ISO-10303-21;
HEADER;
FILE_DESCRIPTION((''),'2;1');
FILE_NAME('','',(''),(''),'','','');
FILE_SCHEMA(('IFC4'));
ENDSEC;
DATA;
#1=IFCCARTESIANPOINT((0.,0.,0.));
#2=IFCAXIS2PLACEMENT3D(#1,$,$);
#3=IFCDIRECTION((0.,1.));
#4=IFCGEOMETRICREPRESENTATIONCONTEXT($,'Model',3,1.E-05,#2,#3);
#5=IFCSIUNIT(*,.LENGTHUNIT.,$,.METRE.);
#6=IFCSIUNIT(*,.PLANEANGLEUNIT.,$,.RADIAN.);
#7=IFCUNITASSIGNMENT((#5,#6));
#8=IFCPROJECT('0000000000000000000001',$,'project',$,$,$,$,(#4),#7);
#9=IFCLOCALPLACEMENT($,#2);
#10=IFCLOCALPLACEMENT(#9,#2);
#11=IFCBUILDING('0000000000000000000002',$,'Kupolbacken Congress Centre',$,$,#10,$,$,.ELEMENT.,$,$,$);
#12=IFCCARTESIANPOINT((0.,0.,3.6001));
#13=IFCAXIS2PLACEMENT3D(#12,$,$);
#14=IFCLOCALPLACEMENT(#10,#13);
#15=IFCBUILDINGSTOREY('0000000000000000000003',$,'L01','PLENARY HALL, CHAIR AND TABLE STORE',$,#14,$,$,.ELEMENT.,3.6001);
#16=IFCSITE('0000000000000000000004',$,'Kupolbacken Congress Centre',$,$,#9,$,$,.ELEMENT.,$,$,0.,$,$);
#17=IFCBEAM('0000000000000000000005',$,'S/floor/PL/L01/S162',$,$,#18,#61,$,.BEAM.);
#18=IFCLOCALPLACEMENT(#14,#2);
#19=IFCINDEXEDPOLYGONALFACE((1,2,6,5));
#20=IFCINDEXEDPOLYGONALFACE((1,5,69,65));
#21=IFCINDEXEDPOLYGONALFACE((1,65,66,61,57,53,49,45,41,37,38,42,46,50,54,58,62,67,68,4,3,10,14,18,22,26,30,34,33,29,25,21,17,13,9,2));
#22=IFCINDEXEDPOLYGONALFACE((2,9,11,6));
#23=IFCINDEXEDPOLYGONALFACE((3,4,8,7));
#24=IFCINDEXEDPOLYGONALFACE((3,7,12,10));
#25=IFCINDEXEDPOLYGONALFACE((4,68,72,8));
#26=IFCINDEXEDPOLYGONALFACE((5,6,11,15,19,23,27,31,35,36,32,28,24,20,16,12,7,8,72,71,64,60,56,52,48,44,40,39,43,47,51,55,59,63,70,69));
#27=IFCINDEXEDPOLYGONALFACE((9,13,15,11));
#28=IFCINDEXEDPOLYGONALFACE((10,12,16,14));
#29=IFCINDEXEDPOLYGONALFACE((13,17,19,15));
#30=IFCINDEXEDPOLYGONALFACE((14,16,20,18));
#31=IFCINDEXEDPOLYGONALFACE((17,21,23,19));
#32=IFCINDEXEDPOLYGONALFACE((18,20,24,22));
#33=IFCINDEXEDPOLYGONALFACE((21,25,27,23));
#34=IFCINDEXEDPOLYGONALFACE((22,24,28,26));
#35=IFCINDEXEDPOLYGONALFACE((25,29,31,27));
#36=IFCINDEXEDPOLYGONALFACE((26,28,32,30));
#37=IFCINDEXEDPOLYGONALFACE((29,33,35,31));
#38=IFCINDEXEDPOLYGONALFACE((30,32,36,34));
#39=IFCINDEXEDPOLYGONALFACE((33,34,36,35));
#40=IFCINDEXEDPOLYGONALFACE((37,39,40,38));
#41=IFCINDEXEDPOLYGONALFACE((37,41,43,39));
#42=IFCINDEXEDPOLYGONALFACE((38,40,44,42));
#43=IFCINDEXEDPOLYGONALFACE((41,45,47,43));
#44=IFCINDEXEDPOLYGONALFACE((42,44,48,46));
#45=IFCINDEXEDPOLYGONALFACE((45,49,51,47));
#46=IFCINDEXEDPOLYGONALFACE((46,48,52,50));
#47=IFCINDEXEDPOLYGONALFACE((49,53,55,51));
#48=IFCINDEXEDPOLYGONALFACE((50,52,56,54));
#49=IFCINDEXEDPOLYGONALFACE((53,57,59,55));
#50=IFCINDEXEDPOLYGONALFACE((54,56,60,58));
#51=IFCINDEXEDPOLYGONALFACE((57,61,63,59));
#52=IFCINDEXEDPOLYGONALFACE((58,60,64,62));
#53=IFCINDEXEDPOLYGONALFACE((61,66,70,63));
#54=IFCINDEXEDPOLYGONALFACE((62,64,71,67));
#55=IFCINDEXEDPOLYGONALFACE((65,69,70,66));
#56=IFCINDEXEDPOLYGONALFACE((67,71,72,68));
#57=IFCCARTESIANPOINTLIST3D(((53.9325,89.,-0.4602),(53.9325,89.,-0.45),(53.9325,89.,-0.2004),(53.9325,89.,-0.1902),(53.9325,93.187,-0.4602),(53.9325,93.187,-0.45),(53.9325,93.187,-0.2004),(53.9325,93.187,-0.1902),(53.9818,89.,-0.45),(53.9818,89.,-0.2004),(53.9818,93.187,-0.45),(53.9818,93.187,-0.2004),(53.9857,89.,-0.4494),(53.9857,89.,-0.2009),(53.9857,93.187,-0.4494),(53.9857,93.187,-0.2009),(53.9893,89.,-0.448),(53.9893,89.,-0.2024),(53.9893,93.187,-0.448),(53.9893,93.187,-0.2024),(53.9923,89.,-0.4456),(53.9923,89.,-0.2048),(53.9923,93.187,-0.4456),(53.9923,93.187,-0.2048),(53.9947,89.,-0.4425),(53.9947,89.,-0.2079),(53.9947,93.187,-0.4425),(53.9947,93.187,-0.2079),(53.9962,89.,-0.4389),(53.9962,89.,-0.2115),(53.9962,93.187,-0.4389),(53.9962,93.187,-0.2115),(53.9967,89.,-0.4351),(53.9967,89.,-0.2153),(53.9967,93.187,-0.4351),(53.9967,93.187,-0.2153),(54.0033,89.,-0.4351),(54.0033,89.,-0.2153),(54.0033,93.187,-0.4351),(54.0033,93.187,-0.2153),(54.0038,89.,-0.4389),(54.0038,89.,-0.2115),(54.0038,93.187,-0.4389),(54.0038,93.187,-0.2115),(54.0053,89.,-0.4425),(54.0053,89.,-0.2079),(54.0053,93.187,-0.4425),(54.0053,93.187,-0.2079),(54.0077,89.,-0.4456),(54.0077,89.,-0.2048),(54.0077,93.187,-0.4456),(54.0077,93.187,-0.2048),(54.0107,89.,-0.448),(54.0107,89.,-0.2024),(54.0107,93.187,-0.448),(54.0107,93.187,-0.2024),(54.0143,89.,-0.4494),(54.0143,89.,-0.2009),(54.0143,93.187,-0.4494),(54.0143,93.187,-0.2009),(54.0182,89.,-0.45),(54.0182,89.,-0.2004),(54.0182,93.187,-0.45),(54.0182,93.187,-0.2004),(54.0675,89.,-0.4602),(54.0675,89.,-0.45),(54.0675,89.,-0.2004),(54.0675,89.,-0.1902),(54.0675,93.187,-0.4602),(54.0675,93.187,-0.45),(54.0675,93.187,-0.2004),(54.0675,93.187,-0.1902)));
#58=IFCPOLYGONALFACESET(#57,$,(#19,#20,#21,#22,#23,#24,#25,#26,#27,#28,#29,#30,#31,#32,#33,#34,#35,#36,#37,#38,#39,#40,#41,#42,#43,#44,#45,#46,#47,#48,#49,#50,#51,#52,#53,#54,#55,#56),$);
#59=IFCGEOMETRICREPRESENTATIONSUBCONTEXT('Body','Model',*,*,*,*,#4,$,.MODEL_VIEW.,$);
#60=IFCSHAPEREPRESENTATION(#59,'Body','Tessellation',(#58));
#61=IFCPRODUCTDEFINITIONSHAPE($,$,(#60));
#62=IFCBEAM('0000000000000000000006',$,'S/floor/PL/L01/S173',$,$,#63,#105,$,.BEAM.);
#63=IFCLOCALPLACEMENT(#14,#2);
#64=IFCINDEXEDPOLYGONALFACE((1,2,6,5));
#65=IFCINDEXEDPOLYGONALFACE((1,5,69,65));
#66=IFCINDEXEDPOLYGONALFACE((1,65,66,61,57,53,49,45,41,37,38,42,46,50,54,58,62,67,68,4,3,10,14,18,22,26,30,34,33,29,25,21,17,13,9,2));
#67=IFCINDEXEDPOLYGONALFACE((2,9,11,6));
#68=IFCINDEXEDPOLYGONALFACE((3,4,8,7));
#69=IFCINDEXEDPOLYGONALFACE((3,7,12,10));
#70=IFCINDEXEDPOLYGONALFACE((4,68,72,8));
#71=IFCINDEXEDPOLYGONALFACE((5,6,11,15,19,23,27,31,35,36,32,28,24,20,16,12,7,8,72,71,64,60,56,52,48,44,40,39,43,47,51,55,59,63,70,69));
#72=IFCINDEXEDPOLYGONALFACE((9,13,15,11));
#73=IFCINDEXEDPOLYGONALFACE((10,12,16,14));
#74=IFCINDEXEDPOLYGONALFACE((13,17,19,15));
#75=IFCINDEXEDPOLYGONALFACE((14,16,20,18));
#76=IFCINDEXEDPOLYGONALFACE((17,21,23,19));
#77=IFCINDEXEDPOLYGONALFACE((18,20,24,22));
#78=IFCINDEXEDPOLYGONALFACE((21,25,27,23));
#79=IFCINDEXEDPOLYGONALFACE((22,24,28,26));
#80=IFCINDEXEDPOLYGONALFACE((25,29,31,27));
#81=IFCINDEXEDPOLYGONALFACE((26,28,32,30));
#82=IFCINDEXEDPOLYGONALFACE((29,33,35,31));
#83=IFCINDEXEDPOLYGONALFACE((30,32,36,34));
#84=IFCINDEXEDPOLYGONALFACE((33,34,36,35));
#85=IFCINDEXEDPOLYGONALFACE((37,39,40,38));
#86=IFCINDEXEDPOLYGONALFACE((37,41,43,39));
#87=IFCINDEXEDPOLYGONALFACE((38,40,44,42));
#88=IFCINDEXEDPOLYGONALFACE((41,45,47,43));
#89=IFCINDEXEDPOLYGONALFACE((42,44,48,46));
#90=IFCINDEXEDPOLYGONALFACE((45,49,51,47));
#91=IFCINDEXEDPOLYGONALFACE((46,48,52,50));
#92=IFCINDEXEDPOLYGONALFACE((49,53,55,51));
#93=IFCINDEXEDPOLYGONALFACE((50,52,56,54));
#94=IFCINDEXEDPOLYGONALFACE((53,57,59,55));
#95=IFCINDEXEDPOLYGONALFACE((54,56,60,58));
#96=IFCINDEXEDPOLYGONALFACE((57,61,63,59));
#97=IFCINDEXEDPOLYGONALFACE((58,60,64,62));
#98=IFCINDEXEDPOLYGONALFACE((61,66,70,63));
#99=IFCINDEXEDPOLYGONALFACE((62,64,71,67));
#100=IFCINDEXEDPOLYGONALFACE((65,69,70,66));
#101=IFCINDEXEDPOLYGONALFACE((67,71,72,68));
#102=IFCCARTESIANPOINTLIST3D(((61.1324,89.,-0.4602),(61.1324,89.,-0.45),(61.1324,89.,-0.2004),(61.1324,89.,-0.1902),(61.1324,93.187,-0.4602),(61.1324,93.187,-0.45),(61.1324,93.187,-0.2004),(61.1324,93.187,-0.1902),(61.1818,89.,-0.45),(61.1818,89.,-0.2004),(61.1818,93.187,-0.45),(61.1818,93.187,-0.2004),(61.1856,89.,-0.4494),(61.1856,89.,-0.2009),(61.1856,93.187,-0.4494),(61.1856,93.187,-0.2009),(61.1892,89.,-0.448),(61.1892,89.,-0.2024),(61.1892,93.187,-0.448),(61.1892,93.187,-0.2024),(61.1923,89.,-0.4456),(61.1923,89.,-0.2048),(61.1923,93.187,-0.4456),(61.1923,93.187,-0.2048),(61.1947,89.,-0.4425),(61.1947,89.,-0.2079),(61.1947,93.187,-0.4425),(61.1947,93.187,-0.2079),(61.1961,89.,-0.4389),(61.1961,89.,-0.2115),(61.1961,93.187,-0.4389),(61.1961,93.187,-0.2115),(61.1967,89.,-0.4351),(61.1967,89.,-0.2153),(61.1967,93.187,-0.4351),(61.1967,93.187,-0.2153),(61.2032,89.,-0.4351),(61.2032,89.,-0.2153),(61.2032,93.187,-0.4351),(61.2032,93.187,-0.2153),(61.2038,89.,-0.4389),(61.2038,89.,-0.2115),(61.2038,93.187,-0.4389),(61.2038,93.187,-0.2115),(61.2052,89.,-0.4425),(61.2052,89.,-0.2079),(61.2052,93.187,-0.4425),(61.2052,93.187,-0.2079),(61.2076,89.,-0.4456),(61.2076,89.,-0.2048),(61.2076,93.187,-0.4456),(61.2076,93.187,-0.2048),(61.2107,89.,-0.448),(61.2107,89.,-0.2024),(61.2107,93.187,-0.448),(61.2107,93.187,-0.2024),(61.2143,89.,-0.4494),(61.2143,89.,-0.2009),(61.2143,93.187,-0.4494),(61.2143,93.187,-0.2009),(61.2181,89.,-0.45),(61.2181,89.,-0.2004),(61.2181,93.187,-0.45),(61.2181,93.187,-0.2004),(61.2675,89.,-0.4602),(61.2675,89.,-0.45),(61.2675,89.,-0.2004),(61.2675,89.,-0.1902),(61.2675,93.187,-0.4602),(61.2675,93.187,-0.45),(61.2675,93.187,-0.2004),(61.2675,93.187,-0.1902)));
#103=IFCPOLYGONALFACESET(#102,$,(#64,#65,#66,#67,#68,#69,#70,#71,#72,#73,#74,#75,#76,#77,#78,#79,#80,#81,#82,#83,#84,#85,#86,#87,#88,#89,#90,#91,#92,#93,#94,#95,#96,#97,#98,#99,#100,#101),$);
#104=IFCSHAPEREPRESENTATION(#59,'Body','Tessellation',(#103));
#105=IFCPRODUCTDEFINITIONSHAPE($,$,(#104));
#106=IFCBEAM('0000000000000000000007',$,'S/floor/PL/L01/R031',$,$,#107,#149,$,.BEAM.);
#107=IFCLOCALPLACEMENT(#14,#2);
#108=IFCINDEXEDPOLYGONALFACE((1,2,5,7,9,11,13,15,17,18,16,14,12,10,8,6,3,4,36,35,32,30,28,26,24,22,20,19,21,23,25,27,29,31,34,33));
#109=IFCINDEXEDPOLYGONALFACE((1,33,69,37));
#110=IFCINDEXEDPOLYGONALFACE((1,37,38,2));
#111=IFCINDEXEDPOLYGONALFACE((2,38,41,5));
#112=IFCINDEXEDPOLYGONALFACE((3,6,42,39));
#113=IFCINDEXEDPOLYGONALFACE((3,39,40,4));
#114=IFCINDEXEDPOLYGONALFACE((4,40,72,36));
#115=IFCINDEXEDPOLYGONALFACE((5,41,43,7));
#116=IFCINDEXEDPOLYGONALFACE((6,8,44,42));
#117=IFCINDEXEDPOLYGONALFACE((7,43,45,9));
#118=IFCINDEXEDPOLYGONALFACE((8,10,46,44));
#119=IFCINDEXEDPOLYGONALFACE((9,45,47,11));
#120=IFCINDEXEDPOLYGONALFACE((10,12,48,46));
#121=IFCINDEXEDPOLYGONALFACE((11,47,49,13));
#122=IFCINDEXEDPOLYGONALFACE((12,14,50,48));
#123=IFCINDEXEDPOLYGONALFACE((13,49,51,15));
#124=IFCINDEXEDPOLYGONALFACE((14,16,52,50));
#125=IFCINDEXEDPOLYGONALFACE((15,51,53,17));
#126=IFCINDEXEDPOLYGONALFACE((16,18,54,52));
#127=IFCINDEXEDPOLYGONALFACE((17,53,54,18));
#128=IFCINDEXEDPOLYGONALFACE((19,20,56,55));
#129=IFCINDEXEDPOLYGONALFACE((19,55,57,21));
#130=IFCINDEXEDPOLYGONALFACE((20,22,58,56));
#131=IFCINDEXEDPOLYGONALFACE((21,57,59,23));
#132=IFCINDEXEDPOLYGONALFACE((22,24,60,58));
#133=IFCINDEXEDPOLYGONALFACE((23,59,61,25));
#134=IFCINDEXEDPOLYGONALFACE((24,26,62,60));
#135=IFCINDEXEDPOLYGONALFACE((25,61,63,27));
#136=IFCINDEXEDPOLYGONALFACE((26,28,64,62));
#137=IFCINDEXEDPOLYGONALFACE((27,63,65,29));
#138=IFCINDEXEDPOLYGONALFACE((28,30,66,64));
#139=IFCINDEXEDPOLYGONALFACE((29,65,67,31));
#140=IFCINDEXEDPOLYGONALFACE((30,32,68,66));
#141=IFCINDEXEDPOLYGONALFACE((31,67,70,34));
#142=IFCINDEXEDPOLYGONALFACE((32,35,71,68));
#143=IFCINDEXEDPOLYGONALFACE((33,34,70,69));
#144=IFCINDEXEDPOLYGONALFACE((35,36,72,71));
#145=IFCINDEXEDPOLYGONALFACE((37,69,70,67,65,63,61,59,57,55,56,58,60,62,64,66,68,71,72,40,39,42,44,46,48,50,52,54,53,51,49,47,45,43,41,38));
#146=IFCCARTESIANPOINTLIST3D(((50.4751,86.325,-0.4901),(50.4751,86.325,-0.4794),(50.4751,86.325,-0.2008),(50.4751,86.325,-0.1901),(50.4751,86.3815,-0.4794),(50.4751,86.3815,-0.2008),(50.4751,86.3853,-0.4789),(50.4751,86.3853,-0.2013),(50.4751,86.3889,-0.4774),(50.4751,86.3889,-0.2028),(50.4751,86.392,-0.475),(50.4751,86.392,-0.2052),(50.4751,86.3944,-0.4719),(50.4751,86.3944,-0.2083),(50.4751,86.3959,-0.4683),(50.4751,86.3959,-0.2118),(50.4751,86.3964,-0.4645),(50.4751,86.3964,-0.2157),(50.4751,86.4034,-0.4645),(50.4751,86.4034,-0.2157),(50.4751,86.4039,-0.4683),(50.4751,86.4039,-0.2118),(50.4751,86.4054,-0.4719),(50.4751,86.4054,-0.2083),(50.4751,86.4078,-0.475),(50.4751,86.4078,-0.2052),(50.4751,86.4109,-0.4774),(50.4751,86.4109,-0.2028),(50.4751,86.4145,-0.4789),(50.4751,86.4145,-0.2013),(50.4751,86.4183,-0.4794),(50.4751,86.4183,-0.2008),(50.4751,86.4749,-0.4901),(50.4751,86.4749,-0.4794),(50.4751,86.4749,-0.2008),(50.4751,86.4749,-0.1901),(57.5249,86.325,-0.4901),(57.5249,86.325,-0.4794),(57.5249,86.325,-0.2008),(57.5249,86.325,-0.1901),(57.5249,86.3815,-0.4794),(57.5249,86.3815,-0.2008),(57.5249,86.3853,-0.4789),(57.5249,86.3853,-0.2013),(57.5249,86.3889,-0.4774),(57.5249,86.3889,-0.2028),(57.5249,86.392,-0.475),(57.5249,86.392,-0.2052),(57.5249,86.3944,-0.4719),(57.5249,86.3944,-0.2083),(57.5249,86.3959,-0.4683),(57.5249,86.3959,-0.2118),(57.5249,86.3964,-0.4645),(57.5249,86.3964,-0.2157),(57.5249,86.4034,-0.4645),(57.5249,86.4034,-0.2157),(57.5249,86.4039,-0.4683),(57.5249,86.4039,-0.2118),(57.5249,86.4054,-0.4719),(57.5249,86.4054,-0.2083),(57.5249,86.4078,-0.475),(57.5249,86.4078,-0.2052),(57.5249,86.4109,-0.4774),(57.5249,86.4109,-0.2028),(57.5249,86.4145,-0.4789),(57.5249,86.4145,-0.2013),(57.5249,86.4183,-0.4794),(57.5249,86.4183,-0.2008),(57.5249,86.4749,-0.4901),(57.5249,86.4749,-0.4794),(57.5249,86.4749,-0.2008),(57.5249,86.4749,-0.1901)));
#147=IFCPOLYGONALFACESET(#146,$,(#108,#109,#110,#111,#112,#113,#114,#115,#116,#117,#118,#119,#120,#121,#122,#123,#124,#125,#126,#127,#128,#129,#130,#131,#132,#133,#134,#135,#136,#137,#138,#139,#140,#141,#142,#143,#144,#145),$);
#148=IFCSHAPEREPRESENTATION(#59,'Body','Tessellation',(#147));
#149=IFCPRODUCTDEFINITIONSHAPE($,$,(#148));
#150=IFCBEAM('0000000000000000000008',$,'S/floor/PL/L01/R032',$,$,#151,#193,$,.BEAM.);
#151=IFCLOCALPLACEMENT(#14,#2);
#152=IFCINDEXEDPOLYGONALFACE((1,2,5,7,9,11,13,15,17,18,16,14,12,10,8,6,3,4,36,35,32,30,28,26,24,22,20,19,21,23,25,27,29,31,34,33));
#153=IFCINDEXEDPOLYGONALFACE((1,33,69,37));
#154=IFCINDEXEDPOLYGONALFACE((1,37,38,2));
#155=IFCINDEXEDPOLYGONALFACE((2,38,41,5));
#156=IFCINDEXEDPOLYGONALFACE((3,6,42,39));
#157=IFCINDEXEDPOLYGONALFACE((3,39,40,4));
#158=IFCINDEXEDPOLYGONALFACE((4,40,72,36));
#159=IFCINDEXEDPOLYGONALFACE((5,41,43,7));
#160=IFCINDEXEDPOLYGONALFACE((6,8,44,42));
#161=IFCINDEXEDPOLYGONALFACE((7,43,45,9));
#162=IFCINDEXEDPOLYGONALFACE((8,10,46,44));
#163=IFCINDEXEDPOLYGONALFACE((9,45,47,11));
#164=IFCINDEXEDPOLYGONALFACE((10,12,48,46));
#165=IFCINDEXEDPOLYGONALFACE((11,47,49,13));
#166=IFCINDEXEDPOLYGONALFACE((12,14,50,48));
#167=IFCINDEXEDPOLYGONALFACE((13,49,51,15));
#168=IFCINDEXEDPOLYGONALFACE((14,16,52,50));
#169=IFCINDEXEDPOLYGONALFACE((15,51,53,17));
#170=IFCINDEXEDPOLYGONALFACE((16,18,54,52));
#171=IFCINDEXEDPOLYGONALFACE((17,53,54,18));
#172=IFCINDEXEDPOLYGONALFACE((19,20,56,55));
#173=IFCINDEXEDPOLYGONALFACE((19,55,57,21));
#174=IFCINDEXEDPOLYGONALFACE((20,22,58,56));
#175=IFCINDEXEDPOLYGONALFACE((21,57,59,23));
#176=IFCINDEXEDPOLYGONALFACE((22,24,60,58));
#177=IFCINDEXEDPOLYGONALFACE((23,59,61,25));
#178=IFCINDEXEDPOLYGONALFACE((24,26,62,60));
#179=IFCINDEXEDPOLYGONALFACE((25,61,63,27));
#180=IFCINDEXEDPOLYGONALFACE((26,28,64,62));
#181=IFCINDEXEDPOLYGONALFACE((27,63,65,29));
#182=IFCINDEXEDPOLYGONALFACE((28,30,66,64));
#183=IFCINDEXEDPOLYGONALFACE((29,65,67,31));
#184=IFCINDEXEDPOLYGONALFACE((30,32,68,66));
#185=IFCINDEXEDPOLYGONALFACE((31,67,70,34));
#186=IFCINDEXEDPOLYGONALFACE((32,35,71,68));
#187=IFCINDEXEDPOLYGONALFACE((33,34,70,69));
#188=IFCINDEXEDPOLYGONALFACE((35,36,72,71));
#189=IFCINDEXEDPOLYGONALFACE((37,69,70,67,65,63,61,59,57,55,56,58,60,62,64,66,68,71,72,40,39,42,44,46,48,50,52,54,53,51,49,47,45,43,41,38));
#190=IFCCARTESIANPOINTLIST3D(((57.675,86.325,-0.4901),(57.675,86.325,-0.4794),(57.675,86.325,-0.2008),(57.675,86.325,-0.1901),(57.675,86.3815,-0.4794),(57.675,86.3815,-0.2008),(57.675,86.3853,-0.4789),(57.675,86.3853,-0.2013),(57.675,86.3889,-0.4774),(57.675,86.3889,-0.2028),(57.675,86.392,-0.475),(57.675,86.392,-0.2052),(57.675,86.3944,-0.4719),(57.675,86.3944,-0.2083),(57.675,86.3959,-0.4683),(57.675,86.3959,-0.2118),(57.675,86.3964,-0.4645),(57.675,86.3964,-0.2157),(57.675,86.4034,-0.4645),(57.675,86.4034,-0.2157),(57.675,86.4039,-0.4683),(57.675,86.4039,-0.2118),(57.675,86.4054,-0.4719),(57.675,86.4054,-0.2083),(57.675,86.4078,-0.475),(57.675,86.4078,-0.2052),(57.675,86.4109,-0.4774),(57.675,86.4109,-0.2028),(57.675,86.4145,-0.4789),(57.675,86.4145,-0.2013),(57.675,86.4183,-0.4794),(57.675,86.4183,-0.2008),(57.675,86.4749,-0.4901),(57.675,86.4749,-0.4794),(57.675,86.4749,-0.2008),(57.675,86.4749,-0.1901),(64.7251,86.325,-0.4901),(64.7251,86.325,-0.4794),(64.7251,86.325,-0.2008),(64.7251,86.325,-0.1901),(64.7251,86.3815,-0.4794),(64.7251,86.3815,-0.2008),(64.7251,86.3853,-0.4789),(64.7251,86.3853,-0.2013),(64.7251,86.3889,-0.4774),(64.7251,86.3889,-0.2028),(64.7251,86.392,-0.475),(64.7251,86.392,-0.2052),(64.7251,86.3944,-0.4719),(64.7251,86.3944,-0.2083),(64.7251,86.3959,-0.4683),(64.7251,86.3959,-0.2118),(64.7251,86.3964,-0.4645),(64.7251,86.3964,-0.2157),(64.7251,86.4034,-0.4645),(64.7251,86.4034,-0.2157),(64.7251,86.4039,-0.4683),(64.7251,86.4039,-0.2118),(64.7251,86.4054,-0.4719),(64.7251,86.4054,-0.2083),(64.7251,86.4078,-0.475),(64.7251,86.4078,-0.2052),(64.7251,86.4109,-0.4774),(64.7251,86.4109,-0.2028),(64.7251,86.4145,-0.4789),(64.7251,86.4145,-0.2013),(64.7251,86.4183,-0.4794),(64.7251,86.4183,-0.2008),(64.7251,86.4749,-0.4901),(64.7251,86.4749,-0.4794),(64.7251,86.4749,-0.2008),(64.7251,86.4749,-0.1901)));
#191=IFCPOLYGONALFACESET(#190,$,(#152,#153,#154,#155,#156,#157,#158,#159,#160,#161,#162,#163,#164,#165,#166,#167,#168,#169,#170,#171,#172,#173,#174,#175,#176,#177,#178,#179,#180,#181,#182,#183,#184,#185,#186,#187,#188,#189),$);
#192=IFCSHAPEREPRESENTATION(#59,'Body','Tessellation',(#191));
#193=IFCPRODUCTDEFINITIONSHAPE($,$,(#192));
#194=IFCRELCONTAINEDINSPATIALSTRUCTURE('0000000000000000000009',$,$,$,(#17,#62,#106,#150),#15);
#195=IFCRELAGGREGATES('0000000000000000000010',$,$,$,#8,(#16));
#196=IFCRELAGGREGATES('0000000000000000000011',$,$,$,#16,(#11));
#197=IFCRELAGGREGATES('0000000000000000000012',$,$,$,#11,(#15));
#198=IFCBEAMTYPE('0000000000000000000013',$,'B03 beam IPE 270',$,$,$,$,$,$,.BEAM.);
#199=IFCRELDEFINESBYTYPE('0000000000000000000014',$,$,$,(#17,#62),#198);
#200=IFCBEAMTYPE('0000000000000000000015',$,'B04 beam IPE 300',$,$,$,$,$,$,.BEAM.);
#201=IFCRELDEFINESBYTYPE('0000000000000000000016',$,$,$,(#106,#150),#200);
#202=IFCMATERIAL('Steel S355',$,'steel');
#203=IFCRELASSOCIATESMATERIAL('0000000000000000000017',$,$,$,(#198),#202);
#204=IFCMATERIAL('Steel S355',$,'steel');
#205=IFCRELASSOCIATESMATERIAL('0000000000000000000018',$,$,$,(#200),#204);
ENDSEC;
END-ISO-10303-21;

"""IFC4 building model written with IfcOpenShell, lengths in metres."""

from ifc_helpers import new_model, si_unit, direction, frame, origin, origin_2d, place, context, subcontext, project, spatial, i_section, extrude, material, material_profile, profile_set, type_object, element, save


model = new_model("IFC4")

# Units and contexts
model_context = context("Model", 3, precision=1e-05, world=origin(), true_north=direction((0.0, 1.0)))
body_context = subcontext(model_context, "Body", "Model", "MODEL_VIEW")
ifc_project = project(units=[si_unit("LENGTHUNIT", "METRE"), si_unit("PLANEANGLEUNIT", "RADIAN")], contexts=[model_context])

# Site, building, storey
site_placement = place(None, origin())
site = spatial("IfcSite", under=ifc_project, at=site_placement, Name="Kupolbacken Congress Centre", CompositionType="ELEMENT", RefElevation=0.0)
building_placement = place(site_placement, origin())
building = spatial("IfcBuilding", under=site, at=building_placement, Name="Kupolbacken Congress Centre", CompositionType="ELEMENT")
storey_placement = place(building_placement, frame((0.0, 0.0, 3.6001)))
storey = spatial("IfcBuildingStorey", under=building, at=storey_placement, Name="L01", Description="PLENARY HALL, CHAIR AND TABLE STORE", CompositionType="ELEMENT", Elevation=3.6001)

# Beams
ifc_material_1 = material(Name="Steel S355", Category="steel")
ifc_material_profile_1 = material_profile(ifc_material_1, i_section(OverallWidth=0.135, OverallDepth=0.27, WebThickness=0.0066, FlangeThickness=0.0103, FilletRadius=0.0149, at=origin_2d()), Name="IPE 270")
ifc_profile_set_1 = profile_set([ifc_material_profile_1], Name="Steel S355")
beam_type_1 = type_object("IfcBeamType", Name="B03 beam IPE 270", PredefinedType="BEAM", material=ifc_profile_set_1)
for number, where, z_axis, x_axis, name in (
    (1, (54.0, 89.0, -0.3252), (0.0, 1.0, 0.0), (-1.0, 0.0, 0.0), "S/floor/PL/L01/S162"),
    (2, (61.2, 89.0, -0.3252), (0.0, 1.0, 0.0), (-1.0, 0.0, 0.0), "S/floor/PL/L01/S173"),
):
    element("IfcBeam", number, at=place(storey_placement, frame(where, z_axis=z_axis, x_axis=x_axis)), inside=storey, type_object=beam_type_1, Name=name, PredefinedType="BEAM", context=body_context, shape_type="SweptSolid", body=[
        extrude(i_section(OverallWidth=0.135, OverallDepth=0.27, WebThickness=0.0066, FlangeThickness=0.0103, FilletRadius=0.0149, at=origin_2d()), origin(), (0.0, 0.0, 1.0), 4.187),
    ])
ifc_material_2 = material(Name="Steel S355", Category="steel")
ifc_material_profile_2 = material_profile(ifc_material_2, i_section(OverallWidth=0.1499, OverallDepth=0.3, WebThickness=0.0071, FlangeThickness=0.0107, FilletRadius=0.0149, at=origin_2d()), Name="IPE 300")
ifc_profile_set_2 = profile_set([ifc_material_profile_2], Name="Steel S355")
beam_type_2 = type_object("IfcBeamType", Name="B04 beam IPE 300", PredefinedType="BEAM", material=ifc_profile_set_2)
beam_1_placement = place(storey_placement, frame((50.4751, 86.3999, -0.3401), z_axis=(1.0, 0.0, 0.0), x_axis=(0.0, 1.0, 0.0)))
element("IfcBeam", 3, at=beam_1_placement, inside=storey, type_object=beam_type_2, Name="S/floor/PL/L01/R031", PredefinedType="BEAM", context=body_context, shape_type="SweptSolid", body=[
    extrude(i_section(OverallWidth=0.1499, OverallDepth=0.3, WebThickness=0.0071, FlangeThickness=0.0107, FilletRadius=0.0149, at=origin_2d()), origin(), (0.0, 0.0, 1.0), 7.0498),
])
beam_2_placement = place(storey_placement, frame((57.675, 86.3999, -0.3401), z_axis=(1.0, 0.0, 0.0), x_axis=(0.0, 1.0, 0.0)))
element("IfcBeam", 4, at=beam_2_placement, inside=storey, type_object=beam_type_2, Name="S/floor/PL/L01/R032", PredefinedType="BEAM", context=body_context, shape_type="SweptSolid", body=[
    extrude(i_section(OverallWidth=0.1499, OverallDepth=0.3, WebThickness=0.0071, FlangeThickness=0.0107, FilletRadius=0.0149, at=origin_2d()), origin(), (0.0, 0.0, 1.0), 7.05),
])

save(model, "model.ifc")
